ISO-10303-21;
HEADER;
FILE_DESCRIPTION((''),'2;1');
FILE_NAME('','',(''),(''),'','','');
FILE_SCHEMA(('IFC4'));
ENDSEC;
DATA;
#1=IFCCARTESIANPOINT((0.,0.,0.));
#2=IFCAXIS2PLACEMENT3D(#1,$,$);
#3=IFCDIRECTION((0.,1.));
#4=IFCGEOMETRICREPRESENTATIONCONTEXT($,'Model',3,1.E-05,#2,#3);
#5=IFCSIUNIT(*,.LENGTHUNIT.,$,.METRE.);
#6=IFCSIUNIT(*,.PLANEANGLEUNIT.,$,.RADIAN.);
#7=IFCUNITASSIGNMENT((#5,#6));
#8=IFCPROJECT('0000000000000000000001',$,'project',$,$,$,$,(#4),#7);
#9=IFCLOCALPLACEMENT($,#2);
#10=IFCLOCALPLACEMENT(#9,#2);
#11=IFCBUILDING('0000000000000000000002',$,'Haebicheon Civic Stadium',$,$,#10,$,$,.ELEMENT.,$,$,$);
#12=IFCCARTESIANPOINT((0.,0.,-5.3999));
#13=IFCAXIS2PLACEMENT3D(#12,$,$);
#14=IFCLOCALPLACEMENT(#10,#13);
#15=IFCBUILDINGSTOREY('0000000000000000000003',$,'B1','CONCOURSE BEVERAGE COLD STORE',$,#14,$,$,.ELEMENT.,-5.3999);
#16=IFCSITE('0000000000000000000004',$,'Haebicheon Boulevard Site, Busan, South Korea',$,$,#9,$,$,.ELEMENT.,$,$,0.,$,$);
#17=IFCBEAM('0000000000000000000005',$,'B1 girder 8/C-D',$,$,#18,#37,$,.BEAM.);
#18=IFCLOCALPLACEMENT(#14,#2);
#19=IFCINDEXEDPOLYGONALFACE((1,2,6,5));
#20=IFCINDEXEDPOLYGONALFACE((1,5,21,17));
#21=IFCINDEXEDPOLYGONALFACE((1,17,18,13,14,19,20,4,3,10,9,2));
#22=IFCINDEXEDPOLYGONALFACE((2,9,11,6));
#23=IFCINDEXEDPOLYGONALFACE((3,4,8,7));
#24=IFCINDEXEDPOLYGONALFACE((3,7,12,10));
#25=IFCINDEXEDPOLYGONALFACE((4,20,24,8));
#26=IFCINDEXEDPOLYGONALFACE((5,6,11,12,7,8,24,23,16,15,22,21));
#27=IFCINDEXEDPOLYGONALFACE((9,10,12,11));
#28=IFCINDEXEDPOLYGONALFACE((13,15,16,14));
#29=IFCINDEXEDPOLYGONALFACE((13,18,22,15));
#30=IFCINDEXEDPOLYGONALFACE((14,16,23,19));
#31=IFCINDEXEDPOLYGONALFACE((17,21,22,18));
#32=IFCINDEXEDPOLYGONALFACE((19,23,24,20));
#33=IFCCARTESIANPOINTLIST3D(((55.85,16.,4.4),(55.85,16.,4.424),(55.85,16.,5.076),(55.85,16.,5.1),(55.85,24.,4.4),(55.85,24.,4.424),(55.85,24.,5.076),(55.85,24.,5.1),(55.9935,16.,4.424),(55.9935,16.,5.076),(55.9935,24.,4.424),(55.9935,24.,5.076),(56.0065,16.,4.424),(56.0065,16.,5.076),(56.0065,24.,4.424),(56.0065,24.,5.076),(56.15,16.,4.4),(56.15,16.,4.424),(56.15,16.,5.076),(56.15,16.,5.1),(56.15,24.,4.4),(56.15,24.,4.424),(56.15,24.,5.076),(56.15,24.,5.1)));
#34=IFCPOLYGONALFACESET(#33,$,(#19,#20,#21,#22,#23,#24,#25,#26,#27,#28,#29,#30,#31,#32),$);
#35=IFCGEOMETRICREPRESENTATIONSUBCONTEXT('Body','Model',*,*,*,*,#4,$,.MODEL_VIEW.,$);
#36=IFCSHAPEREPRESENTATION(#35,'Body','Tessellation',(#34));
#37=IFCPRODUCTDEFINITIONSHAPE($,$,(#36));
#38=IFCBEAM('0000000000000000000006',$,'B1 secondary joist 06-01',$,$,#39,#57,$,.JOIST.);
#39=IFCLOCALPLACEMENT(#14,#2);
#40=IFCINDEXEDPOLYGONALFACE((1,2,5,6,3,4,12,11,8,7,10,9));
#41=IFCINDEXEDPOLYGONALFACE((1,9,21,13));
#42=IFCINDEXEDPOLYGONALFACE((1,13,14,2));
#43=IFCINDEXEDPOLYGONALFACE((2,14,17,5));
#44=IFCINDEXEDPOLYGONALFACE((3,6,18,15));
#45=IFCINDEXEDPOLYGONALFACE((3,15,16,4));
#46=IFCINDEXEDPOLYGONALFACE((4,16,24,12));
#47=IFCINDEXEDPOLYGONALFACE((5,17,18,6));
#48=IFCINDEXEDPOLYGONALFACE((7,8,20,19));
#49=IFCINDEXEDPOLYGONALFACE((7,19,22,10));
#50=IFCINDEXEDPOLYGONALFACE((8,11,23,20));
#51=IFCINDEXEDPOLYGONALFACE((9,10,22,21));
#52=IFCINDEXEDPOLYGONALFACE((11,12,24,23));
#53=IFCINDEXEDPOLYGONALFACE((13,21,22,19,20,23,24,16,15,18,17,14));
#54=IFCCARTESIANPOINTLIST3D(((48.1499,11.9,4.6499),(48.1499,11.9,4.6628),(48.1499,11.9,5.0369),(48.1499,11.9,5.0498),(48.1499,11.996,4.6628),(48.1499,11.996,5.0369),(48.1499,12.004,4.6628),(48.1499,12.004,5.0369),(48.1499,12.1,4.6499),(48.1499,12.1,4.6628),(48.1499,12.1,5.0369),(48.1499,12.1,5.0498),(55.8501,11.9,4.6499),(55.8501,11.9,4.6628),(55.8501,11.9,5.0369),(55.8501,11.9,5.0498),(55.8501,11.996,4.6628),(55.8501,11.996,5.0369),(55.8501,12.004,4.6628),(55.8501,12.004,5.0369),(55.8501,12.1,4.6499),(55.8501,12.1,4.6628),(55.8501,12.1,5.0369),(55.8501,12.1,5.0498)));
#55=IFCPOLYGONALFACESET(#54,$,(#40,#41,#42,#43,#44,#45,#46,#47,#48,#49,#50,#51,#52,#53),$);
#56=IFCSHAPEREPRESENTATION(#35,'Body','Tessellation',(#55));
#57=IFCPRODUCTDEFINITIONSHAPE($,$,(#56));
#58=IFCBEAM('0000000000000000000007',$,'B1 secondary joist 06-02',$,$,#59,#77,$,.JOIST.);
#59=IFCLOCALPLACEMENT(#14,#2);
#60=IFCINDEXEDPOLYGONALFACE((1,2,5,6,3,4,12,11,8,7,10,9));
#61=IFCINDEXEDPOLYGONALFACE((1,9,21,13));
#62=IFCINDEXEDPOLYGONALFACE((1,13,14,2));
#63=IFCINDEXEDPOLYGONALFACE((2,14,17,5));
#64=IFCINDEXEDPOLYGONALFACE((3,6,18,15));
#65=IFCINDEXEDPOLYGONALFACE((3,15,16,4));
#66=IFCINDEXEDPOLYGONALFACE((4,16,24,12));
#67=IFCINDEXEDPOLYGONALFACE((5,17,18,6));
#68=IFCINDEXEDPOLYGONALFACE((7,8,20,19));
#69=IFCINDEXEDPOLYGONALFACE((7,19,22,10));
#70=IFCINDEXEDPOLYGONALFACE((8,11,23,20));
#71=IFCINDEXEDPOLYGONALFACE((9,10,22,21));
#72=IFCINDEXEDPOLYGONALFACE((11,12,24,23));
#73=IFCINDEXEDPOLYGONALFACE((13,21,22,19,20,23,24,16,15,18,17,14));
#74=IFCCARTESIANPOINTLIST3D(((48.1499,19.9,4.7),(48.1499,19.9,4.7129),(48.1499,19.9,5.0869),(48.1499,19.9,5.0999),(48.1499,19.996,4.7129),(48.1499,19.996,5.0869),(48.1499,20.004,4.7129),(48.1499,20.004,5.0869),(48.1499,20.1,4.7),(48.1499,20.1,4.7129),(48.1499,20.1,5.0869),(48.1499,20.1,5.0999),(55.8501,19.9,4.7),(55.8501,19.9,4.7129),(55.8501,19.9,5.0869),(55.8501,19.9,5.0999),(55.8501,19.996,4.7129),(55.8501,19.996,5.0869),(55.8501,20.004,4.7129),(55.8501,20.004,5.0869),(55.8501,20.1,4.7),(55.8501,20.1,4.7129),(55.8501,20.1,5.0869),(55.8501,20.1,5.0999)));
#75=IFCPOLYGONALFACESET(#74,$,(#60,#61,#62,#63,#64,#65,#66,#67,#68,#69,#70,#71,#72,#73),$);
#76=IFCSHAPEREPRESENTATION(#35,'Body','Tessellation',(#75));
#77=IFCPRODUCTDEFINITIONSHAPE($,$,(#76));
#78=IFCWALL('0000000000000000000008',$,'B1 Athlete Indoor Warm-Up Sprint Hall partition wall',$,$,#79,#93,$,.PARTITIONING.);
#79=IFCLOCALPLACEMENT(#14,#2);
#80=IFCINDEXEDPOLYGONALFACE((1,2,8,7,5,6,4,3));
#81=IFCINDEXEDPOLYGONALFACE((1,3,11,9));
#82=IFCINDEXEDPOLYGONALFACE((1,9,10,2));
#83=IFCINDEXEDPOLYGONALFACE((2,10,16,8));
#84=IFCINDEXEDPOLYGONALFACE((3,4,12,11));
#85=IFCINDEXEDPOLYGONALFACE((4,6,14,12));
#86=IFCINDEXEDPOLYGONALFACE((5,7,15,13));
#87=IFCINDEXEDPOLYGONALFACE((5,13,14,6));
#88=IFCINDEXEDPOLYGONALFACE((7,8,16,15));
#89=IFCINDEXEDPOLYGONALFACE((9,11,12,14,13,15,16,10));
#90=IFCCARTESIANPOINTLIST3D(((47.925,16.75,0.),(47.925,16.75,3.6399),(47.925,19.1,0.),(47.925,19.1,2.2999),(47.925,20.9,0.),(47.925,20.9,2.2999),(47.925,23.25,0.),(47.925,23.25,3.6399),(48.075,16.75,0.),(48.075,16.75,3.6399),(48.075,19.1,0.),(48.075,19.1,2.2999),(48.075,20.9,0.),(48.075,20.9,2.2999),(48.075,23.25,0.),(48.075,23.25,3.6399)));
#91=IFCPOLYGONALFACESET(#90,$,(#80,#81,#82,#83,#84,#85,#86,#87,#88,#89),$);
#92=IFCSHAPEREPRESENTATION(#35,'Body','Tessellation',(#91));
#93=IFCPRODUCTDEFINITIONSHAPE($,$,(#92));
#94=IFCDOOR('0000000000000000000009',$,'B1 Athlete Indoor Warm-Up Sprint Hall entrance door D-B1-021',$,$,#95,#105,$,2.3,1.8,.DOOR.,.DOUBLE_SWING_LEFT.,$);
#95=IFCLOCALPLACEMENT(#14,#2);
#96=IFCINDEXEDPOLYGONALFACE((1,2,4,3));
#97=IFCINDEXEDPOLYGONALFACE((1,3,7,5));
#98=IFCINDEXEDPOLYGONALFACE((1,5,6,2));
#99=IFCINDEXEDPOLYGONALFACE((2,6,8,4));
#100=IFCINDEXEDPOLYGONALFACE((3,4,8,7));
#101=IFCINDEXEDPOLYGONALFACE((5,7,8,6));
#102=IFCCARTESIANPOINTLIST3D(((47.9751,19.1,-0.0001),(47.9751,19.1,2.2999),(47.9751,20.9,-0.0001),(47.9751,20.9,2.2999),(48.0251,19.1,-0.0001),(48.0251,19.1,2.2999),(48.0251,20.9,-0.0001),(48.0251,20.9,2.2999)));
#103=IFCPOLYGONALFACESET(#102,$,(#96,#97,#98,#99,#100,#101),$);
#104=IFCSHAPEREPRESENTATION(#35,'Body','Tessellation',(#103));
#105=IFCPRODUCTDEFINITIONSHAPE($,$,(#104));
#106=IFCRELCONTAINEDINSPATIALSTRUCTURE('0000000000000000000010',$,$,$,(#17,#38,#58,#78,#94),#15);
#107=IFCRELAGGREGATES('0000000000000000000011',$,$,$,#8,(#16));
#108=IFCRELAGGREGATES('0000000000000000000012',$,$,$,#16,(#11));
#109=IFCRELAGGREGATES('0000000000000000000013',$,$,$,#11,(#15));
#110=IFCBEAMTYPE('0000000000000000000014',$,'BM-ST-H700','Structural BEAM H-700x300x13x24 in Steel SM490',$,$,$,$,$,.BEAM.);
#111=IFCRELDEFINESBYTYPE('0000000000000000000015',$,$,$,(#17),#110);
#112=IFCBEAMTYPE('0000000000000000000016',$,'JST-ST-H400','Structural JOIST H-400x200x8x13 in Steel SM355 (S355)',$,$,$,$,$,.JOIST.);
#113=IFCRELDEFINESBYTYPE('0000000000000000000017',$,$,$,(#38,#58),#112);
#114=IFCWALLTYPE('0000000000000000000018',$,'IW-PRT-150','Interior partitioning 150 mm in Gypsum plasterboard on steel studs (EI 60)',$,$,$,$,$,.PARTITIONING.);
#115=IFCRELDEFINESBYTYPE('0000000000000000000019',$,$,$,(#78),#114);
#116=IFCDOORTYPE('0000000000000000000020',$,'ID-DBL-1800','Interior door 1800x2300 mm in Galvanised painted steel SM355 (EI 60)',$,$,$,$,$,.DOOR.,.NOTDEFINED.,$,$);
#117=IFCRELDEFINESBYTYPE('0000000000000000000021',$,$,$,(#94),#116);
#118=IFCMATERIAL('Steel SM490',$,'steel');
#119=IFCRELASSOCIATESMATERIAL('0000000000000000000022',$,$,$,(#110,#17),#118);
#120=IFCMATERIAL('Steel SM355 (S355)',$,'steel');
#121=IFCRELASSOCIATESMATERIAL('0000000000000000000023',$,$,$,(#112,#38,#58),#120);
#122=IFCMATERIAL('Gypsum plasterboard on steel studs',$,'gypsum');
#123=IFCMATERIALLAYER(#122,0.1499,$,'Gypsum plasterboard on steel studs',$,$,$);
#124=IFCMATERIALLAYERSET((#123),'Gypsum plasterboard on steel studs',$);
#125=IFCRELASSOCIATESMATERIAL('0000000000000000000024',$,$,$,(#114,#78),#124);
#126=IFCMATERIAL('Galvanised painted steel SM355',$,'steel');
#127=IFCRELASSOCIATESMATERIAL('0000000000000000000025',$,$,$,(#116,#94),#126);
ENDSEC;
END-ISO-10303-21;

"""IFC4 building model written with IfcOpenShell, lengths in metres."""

from ifc_helpers import new_model, si_unit, direction, frame, frame_2d, origin, origin_2d, place, context, subcontext, project, spatial, rectangle, i_section, extrude, material, layer, layer_set, material_profile, profile_set, type_object, element, fill, save


model = new_model("IFC4")

# Units and contexts
model_context = context("Model", 3, precision=1e-05, world=origin(), true_north=direction((0.0, 1.0)))
body_context = subcontext(model_context, "Body", "Model", "MODEL_VIEW")
ifc_project = project(units=[si_unit("LENGTHUNIT", "METRE"), si_unit("PLANEANGLEUNIT", "RADIAN")], contexts=[model_context])

# Site, building, storey
site_placement = place(None, origin())
site = spatial("IfcSite", under=ifc_project, at=site_placement, Name="Haebicheon Boulevard Site, Busan, South Korea", CompositionType="ELEMENT", RefElevation=0.0)
building_placement = place(site_placement, origin())
building = spatial("IfcBuilding", under=site, at=building_placement, Name="Haebicheon Civic Stadium", CompositionType="ELEMENT")
storey_placement = place(building_placement, frame((0.0, 0.0, -5.3999)))
storey = spatial("IfcBuildingStorey", under=building, at=storey_placement, Name="B1", Description="CONCOURSE BEVERAGE COLD STORE", CompositionType="ELEMENT", Elevation=-5.3999)

# Beams
ifc_material_1 = material(Name="Steel SM490", Category="steel")
ifc_material_profile_1 = material_profile(ifc_material_1, i_section(OverallWidth=0.3, OverallDepth=0.7, WebThickness=0.0129, FlangeThickness=0.0239, at=origin_2d()), Name="H-700x300x13x24")
ifc_profile_set_1 = profile_set([ifc_material_profile_1], Name="Steel SM490")
beam_type_1 = type_object("IfcBeamType", Name="BM-ST-H700", Description="Structural BEAM H-700x300x13x24 in Steel SM490", PredefinedType="BEAM", material=ifc_profile_set_1)
for number, where, z_axis, x_axis, name in (
    (1, (56.0, 16.0, 4.75), (0.0, 1.0, 0.0), (-1.0, 0.0, 0.0), "B1 girder 8/C-D"),
):
    element("IfcBeam", number, at=place(storey_placement, frame(where, z_axis=z_axis, x_axis=x_axis)), inside=storey, type_object=beam_type_1, material=ifc_profile_set_1, Name=name, PredefinedType="BEAM", context=body_context, shape_type="SweptSolid", body=[
        extrude(i_section(OverallWidth=0.3, OverallDepth=0.7, WebThickness=0.0129, FlangeThickness=0.0239, at=origin_2d()), origin(), (0.0, 0.0, 1.0), 8.0),
    ])
ifc_material_2 = material(Name="Steel SM355 (S355)", Category="steel")
ifc_material_profile_2 = material_profile(ifc_material_2, i_section(OverallWidth=0.2, OverallDepth=0.3999, WebThickness=0.0081, FlangeThickness=0.0129, at=origin_2d()), Name="H-400x200x8x13")
ifc_profile_set_2 = profile_set([ifc_material_profile_2], Name="Steel SM355 (S355)")
beam_type_2 = type_object("IfcBeamType", Name="JST-ST-H400", Description="Structural JOIST H-400x200x8x13 in Steel SM355 (S355)", PredefinedType="JOIST", material=ifc_profile_set_2)
for number, where, z_axis, x_axis, name in (
    (2, (48.1499, 12.0, 4.8499), (1.0, 0.0, 0.0), (0.0, 1.0, 0.0), "B1 secondary joist 06-01"),
    (3, (48.1499, 20.0, 4.8999), (1.0, 0.0, 0.0), (0.0, 1.0, 0.0), "B1 secondary joist 06-02"),
):
    element("IfcBeam", number, at=place(storey_placement, frame(where, z_axis=z_axis, x_axis=x_axis)), inside=storey, type_object=beam_type_2, material=ifc_profile_set_2, Name=name, PredefinedType="JOIST", context=body_context, shape_type="SweptSolid", body=[
        extrude(i_section(OverallWidth=0.2, OverallDepth=0.3999, WebThickness=0.0081, FlangeThickness=0.0129, at=origin_2d()), origin(), (0.0, 0.0, 1.0), 7.7002),
    ])

# Wall, opening, door
ifc_material_3 = material(Name="Gypsum plasterboard on steel studs", Category="gypsum")
ifc_layer_1 = layer(ifc_material_3, 0.1499, Name="Gypsum plasterboard on steel studs")
ifc_layer_set_1 = layer_set([ifc_layer_1], Name="Gypsum plasterboard on steel studs")
wall_type = type_object("IfcWallType", Name="IW-PRT-150", Description="Interior partitioning 150 mm in Gypsum plasterboard on steel studs (EI 60)", PredefinedType="PARTITIONING", material=ifc_layer_set_1)
wall_placement = place(storey_placement, frame((48.0, 16.75, 0.0), z_axis=(0.0, 0.0, 1.0), x_axis=(0.0, 1.0, 0.0)))
wall = element("IfcWall", 4, at=wall_placement, inside=storey, type_object=wall_type, material=ifc_layer_set_1, Name="B1 Athlete Indoor Warm-Up Sprint Hall partition wall", PredefinedType="PARTITIONING", context=body_context, shape_type="SweptSolid", body=[
    extrude(rectangle(XDim=6.5, YDim=0.1499, at=frame_2d((3.25, 0.0))), origin(), (0.0, 0.0, 1.0), 3.6399),
])
opening_placement = place(wall_placement, frame((2.3501, 0.0, 0.0)))
opening = element("IfcOpeningElement", 5, at=opening_placement, cuts=wall, PredefinedType="OPENING", context=body_context, shape_type="SweptSolid", body=[
    extrude(rectangle(XDim=1.8, YDim=2.3, at=frame_2d((0.8999, 1.1499))), frame((0.0, 0.085, 0.0), z_axis=(0.0, -1.0, 0.0), x_axis=(1.0, 0.0, 0.0)), (0.0, 0.0, 1.0), 0.1699),
])
ifc_material_4 = material(Name="Galvanised painted steel SM355", Category="steel")
door_type = type_object("IfcDoorType", Name="ID-DBL-1800", Description="Interior door 1800x2300 mm in Galvanised painted steel SM355 (EI 60)", OperationType="NOTDEFINED", PredefinedType="DOOR", material=ifc_material_4)
door_placement = place(opening_placement, origin())
door = element("IfcDoor", 6, at=door_placement, inside=storey, type_object=door_type, material=ifc_material_4, Name="B1 Athlete Indoor Warm-Up Sprint Hall entrance door D-B1-021", OperationType="DOUBLE_SWING_LEFT", OverallHeight=2.3, OverallWidth=1.8, PredefinedType="DOOR", context=body_context, shape_type="SweptSolid", body=[
    extrude(rectangle(XDim=1.8, YDim=2.3, at=frame_2d((0.8999, 1.1499))), frame((0.0, 0.0249, 0.0), z_axis=(0.0, -1.0, 0.0), x_axis=(1.0, 0.0, 0.0)), (0.0, 0.0, 1.0), 0.05),
])
fill(opening, door)

save(model, "model.ifc")
